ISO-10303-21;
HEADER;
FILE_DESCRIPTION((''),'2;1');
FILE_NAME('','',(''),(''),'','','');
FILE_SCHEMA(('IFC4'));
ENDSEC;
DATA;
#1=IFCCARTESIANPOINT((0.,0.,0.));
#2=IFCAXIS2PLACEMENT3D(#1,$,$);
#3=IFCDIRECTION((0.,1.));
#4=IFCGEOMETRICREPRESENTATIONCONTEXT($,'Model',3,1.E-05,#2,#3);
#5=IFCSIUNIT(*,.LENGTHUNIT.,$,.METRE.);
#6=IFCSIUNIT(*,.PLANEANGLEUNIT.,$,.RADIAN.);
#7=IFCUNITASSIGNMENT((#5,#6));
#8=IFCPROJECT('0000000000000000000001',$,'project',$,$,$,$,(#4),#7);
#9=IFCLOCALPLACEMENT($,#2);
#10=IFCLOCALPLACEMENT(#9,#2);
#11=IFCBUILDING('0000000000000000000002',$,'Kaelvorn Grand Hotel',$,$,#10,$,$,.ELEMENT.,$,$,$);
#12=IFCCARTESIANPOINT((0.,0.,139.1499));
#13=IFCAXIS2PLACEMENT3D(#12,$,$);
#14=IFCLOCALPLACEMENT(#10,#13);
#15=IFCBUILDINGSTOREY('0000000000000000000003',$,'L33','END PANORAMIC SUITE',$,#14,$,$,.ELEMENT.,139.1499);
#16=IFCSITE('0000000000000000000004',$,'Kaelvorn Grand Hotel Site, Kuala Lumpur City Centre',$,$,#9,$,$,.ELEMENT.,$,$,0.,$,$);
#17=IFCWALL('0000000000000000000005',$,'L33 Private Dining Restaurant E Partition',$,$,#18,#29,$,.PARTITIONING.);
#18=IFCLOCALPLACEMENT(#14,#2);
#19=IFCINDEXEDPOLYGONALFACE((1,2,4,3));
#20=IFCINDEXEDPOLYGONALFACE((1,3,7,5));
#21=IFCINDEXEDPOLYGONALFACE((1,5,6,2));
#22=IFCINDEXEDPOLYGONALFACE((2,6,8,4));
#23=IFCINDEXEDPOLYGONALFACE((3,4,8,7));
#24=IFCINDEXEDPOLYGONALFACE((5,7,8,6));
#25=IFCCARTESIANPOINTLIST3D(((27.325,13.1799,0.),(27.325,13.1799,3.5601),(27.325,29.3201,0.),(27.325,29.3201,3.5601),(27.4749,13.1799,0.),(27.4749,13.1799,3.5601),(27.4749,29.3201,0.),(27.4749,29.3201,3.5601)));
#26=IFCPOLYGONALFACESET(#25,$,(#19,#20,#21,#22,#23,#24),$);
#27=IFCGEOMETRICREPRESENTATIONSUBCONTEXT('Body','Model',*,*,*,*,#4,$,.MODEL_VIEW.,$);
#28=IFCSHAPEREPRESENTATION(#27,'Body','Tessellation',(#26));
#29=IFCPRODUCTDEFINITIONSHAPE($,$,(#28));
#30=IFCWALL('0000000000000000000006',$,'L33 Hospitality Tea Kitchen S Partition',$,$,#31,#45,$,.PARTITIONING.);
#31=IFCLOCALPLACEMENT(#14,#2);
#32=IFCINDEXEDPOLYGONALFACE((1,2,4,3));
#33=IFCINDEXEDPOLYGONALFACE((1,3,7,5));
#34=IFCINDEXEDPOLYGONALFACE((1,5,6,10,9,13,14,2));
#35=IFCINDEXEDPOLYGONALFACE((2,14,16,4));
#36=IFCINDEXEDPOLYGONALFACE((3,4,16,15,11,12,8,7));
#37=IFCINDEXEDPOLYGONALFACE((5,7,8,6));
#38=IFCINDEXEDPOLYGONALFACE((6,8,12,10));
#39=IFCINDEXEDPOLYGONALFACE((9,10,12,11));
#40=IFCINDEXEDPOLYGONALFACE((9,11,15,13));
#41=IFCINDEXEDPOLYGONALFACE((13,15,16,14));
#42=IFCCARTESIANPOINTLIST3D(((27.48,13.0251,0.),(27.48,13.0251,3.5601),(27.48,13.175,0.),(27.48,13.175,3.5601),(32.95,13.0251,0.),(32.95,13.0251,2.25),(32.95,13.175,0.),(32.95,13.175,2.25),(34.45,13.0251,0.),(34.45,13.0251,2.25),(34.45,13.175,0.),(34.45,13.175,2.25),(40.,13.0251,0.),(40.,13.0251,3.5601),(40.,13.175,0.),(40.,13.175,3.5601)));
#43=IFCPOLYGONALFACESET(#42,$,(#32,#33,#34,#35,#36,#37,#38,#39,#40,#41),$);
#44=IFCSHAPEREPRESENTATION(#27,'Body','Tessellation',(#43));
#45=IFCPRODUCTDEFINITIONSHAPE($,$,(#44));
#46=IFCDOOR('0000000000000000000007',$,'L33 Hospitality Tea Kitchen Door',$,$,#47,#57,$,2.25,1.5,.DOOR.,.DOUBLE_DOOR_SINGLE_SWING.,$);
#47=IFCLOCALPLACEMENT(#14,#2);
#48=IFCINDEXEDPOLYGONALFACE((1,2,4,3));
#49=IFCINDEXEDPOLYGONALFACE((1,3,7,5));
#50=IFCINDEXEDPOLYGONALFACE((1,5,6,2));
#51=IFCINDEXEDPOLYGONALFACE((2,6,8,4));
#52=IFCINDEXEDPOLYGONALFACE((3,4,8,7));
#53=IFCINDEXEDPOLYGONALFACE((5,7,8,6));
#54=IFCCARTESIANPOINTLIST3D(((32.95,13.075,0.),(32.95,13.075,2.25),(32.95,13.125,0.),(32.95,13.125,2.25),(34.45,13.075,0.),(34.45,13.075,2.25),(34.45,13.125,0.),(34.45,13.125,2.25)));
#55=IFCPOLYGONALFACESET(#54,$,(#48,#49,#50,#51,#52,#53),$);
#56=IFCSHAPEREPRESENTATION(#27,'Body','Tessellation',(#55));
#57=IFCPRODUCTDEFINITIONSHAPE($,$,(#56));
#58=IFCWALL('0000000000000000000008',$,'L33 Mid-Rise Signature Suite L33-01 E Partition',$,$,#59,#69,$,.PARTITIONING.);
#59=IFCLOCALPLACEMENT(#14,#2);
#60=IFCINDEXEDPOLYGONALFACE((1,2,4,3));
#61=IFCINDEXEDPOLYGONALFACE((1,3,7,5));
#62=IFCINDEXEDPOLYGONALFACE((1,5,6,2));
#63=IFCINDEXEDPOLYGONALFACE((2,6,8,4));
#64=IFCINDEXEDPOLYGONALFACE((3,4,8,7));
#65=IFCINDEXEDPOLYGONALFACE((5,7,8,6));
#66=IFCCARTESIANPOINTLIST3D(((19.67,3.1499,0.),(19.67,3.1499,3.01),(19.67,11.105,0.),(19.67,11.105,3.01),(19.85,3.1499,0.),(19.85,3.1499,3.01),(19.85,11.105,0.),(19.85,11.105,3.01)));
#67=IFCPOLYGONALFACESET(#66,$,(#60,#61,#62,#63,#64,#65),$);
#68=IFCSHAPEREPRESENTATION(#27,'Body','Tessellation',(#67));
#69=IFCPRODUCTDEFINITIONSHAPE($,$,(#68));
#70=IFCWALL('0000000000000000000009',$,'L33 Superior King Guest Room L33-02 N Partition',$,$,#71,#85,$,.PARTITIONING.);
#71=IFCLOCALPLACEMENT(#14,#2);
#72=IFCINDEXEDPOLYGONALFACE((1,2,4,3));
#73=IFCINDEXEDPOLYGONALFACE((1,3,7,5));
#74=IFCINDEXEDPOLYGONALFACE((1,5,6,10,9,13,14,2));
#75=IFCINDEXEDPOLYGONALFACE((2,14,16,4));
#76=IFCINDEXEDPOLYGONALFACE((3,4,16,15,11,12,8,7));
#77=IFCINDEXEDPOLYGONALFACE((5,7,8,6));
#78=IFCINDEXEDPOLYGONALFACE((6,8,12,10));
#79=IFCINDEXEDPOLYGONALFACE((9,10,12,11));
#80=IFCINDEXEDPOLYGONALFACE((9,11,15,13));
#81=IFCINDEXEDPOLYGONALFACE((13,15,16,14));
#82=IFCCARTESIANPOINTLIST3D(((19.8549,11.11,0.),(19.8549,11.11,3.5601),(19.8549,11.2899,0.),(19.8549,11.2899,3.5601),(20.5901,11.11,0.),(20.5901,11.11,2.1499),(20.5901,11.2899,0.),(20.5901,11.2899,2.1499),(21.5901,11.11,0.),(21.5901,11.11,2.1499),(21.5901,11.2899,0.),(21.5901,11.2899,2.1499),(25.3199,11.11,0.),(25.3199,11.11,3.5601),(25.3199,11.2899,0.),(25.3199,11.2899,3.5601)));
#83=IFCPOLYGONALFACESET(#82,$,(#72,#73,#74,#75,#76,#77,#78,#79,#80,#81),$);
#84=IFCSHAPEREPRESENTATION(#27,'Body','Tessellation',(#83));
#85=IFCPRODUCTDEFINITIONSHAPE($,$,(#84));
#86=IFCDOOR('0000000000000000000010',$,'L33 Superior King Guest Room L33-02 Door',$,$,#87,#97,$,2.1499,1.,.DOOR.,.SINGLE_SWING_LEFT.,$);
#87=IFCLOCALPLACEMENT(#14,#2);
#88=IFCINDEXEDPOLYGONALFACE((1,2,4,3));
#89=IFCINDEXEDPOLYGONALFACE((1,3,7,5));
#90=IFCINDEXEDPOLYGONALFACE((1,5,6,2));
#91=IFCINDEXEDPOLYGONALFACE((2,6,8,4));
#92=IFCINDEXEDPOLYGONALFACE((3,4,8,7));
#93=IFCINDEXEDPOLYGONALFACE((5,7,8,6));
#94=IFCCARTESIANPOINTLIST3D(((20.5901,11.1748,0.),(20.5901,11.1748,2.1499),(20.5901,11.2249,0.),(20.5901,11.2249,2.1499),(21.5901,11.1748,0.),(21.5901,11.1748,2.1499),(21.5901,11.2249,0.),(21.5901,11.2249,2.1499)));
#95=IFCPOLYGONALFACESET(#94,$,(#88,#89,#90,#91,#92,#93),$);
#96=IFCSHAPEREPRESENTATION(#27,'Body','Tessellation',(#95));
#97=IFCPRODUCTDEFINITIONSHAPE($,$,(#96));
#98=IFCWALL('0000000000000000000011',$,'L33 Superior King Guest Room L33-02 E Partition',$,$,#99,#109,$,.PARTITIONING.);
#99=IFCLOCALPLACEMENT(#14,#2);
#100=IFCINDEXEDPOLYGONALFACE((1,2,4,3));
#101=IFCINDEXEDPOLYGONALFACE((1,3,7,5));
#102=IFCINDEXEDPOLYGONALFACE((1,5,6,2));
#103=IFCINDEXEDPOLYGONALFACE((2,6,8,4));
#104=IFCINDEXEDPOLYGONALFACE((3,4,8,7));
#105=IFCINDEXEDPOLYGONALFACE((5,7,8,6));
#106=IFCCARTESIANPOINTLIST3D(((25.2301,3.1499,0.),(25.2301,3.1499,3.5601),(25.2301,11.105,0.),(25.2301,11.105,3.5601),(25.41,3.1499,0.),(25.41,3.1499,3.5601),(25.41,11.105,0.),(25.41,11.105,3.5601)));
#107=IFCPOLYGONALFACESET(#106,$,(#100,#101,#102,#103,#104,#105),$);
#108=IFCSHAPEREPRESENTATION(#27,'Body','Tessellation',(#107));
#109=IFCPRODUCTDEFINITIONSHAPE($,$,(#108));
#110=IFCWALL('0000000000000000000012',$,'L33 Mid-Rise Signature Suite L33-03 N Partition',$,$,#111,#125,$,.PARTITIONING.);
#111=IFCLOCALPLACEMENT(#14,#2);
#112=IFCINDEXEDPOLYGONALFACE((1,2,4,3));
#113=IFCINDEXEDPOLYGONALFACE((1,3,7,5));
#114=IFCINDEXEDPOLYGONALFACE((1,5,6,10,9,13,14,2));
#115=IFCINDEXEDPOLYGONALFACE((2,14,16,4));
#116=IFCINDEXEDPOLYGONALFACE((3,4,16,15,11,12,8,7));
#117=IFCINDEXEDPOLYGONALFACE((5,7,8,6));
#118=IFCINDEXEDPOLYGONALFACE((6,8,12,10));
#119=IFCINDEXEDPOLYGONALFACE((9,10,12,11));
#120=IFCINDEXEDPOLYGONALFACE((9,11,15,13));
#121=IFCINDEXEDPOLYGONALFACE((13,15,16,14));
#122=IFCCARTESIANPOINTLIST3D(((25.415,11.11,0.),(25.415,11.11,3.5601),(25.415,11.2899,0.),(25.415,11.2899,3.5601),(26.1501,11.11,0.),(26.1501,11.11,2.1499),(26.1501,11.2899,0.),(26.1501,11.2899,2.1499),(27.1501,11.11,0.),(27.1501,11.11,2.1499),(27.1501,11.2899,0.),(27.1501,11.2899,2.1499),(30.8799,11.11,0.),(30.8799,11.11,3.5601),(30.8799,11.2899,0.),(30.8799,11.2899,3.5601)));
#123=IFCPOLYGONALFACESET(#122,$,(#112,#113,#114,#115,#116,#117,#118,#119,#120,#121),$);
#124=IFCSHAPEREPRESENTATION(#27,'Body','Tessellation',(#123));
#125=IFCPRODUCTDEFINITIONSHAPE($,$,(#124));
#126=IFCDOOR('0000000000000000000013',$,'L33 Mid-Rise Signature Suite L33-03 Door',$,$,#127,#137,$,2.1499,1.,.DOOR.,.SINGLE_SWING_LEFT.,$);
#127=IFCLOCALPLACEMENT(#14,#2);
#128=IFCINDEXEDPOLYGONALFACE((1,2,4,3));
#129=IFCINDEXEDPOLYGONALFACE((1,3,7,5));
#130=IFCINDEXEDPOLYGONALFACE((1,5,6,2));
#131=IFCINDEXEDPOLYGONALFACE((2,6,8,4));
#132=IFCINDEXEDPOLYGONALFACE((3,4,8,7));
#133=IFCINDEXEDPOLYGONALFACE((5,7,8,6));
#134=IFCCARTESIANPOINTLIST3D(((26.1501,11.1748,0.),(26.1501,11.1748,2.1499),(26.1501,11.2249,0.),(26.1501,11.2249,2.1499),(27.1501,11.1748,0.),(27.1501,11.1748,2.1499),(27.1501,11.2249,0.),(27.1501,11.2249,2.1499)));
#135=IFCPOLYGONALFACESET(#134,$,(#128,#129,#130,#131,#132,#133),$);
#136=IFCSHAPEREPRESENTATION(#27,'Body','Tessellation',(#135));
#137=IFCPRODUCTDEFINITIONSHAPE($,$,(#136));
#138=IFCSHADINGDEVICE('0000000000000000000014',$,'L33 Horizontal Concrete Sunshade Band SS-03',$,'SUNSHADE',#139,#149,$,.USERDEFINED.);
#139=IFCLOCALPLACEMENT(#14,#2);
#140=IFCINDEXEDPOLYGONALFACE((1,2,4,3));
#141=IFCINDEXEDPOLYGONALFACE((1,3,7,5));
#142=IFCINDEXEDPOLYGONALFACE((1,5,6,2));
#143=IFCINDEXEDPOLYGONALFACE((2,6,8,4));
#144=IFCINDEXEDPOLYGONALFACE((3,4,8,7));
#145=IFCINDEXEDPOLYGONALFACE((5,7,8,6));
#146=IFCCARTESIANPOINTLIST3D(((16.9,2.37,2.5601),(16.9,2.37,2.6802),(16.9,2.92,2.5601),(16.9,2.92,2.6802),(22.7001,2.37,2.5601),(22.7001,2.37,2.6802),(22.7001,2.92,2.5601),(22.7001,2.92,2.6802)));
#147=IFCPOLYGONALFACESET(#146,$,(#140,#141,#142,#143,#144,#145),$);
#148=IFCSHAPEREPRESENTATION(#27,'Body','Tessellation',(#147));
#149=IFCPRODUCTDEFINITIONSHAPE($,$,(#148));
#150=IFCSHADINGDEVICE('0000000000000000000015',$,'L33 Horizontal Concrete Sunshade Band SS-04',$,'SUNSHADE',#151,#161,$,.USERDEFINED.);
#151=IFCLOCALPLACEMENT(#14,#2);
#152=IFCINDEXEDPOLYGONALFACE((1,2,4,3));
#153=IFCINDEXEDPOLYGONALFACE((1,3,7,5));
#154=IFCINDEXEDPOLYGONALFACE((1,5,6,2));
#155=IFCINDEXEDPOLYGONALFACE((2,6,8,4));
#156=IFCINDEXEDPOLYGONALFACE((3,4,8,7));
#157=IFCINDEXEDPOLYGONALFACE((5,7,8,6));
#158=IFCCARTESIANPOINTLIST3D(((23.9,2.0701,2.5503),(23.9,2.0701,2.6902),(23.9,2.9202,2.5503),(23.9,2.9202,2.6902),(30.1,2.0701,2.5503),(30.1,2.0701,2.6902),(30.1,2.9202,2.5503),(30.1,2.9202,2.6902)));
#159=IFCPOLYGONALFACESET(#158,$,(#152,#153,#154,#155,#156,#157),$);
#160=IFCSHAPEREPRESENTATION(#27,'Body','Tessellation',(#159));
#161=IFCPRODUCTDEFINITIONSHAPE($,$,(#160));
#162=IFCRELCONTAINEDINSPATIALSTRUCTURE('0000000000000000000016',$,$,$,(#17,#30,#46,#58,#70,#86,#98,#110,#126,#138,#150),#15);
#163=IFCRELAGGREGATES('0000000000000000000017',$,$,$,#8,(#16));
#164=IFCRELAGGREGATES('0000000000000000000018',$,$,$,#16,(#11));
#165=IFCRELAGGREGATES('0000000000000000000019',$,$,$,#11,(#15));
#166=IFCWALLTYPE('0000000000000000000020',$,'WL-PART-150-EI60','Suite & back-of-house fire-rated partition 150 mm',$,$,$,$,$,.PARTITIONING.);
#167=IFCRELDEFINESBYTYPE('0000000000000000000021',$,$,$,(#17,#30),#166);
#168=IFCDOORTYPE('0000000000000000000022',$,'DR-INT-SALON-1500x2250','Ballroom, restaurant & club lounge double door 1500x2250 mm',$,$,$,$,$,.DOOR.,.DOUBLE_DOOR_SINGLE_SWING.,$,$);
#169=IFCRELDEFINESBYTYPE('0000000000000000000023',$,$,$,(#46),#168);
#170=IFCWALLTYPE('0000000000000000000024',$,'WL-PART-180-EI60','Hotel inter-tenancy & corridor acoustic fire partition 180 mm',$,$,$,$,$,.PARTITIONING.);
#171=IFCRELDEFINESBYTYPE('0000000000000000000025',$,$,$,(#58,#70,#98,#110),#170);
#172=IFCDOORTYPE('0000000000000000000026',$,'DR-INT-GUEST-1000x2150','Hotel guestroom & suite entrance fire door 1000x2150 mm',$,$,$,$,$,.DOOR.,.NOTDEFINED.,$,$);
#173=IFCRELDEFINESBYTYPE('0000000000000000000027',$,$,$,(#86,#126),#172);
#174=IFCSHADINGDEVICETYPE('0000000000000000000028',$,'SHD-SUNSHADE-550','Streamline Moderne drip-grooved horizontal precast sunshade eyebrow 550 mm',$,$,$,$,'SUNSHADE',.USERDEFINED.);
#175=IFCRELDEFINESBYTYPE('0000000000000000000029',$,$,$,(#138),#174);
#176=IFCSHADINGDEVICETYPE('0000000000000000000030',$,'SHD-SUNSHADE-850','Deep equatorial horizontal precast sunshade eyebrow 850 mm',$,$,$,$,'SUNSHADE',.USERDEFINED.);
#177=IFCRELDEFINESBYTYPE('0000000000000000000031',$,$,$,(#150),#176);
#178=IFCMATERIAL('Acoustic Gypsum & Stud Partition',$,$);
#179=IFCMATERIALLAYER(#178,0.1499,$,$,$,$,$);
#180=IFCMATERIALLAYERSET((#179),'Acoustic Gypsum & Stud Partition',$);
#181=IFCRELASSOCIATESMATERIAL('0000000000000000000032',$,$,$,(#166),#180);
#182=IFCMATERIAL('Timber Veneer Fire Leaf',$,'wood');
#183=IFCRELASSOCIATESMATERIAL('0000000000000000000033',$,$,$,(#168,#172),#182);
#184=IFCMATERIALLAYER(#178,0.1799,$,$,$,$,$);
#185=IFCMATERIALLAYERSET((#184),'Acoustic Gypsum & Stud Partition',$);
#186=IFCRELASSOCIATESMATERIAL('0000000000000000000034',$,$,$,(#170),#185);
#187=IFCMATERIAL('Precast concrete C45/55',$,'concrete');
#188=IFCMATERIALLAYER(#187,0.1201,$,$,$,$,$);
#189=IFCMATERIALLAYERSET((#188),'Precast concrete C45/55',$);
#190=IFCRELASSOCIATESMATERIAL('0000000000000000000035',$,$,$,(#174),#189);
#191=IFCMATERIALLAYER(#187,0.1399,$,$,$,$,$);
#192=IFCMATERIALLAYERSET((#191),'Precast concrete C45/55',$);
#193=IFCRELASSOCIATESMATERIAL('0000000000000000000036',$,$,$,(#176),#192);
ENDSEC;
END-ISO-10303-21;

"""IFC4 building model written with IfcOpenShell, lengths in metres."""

from ifc_helpers import new_model, si_unit, direction, frame, frame_2d, origin, origin_2d, place, context, subcontext, project, spatial, rectangle, extrude, material, layer, layer_set, type_object, element, fill, save


model = new_model("IFC4")

# Units and contexts
model_context = context("Model", 3, precision=1e-05, world=origin(), true_north=direction((0.0, 1.0)))
body_context = subcontext(model_context, "Body", "Model", "MODEL_VIEW")
ifc_project = project(units=[si_unit("LENGTHUNIT", "METRE"), si_unit("PLANEANGLEUNIT", "RADIAN")], contexts=[model_context])

# Site, building, storey
site_placement = place(None, origin())
site = spatial("IfcSite", under=ifc_project, at=site_placement, Name="Kaelvorn Grand Hotel Site, Kuala Lumpur City Centre", CompositionType="ELEMENT", RefElevation=0.0)
building_placement = place(site_placement, origin())
building = spatial("IfcBuilding", under=site, at=building_placement, Name="Kaelvorn Grand Hotel", CompositionType="ELEMENT")
storey_placement = place(building_placement, frame((0.0, 0.0, 139.1499)))
storey = spatial("IfcBuildingStorey", under=building, at=storey_placement, Name="L33", Description="END PANORAMIC SUITE", CompositionType="ELEMENT", Elevation=139.1499)

# Wall
ifc_material_1 = material(Name="Acoustic Gypsum & Stud Partition")
ifc_layer_1 = layer(ifc_material_1, 0.1499)
ifc_layer_set_1 = layer_set([ifc_layer_1], Name="Acoustic Gypsum & Stud Partition")
wall_type_1 = type_object("IfcWallType", Name="WL-PART-150-EI60", Description="Suite & back-of-house fire-rated partition 150 mm", PredefinedType="PARTITIONING", material=ifc_layer_set_1)
wall_1_placement = place(storey_placement, frame((27.3999, 13.1799, 0.0), z_axis=(0.0, 0.0, 1.0), x_axis=(0.0, 1.0, 0.0)))
element("IfcWall", 1, at=wall_1_placement, inside=storey, type_object=wall_type_1, Name="L33 Private Dining Restaurant E Partition", PredefinedType="PARTITIONING", context=body_context, shape_type="SweptSolid", body=[
    extrude(rectangle(XDim=16.1401, YDim=0.1499, at=frame_2d((8.0701, 0.0))), origin(), (0.0, 0.0, 1.0), 3.5601),
])

# Wall, opening, door
wall_2_placement = place(storey_placement, frame((27.48, 13.1001, 0.0), z_axis=(0.0, 0.0, 1.0), x_axis=(1.0, 0.0, 0.0)))
wall_2 = element("IfcWall", 2, at=wall_2_placement, inside=storey, type_object=wall_type_1, Name="L33 Hospitality Tea Kitchen S Partition", PredefinedType="PARTITIONING", context=body_context, shape_type="SweptSolid", body=[
    extrude(rectangle(XDim=12.52, YDim=0.1499, at=frame_2d((6.26, 0.0))), origin(), (0.0, 0.0, 1.0), 3.5601),
])
opening_1_placement = place(wall_2_placement, frame((5.47, 0.0, 0.0)))
opening_1 = element("IfcOpeningElement", 3, at=opening_1_placement, cuts=wall_2, PredefinedType="OPENING", context=body_context, shape_type="SweptSolid", body=[
    extrude(rectangle(XDim=1.5, YDim=2.25, at=frame_2d((0.75, 1.125))), frame((0.0, 0.085, 0.0), z_axis=(0.0, -1.0, 0.0), x_axis=(1.0, 0.0, 0.0)), (0.0, 0.0, 1.0), 0.1699),
])
ifc_material_2 = material(Name="Timber Veneer Fire Leaf", Category="wood")
door_type_1 = type_object("IfcDoorType", Name="DR-INT-SALON-1500x2250", Description="Ballroom, restaurant & club lounge double door 1500x2250 mm", OperationType="DOUBLE_DOOR_SINGLE_SWING", PredefinedType="DOOR", material=ifc_material_2)
door_1_placement = place(opening_1_placement, origin())
door_1 = element("IfcDoor", 4, at=door_1_placement, inside=storey, type_object=door_type_1, Name="L33 Hospitality Tea Kitchen Door", OperationType="DOUBLE_DOOR_SINGLE_SWING", OverallHeight=2.25, OverallWidth=1.5, PredefinedType="DOOR", context=body_context, shape_type="SweptSolid", body=[
    extrude(rectangle(XDim=1.5, YDim=2.25, at=frame_2d((0.75, 1.125))), frame((0.0, 0.0249, 0.0), z_axis=(0.0, -1.0, 0.0), x_axis=(1.0, 0.0, 0.0)), (0.0, 0.0, 1.0), 0.05),
])
fill(opening_1, door_1)

# Wall
ifc_layer_2 = layer(ifc_material_1, 0.1799)
ifc_layer_set_2 = layer_set([ifc_layer_2], Name="Acoustic Gypsum & Stud Partition")
wall_type_2 = type_object("IfcWallType", Name="WL-PART-180-EI60", Description="Hotel inter-tenancy & corridor acoustic fire partition 180 mm", PredefinedType="PARTITIONING", material=ifc_layer_set_2)
wall_3_placement = place(storey_placement, frame((19.76, 3.1499, 0.0), z_axis=(0.0, 0.0, 1.0), x_axis=(0.0, 1.0, 0.0)))
element("IfcWall", 5, at=wall_3_placement, inside=storey, type_object=wall_type_2, Name="L33 Mid-Rise Signature Suite L33-01 E Partition", PredefinedType="PARTITIONING", context=body_context, shape_type="SweptSolid", body=[
    extrude(rectangle(XDim=7.9551, YDim=0.1799, at=frame_2d((3.9775, 0.0))), origin(), (0.0, 0.0, 1.0), 3.01),
])

# Wall, opening, door
wall_4_placement = place(storey_placement, frame((19.855, 11.2, 0.0), z_axis=(0.0, 0.0, 1.0), x_axis=(1.0, 0.0, 0.0)))
wall_4 = element("IfcWall", 6, at=wall_4_placement, inside=storey, type_object=wall_type_2, Name="L33 Superior King Guest Room L33-02 N Partition", PredefinedType="PARTITIONING", context=body_context, shape_type="SweptSolid", body=[
    extrude(rectangle(XDim=5.4651, YDim=0.1799, at=frame_2d((2.7324, 0.0))), origin(), (0.0, 0.0, 1.0), 3.5601),
])
opening_2_placement = place(wall_4_placement, frame((0.7351, 0.0, 0.0)))
opening_2 = element("IfcOpeningElement", 7, at=opening_2_placement, cuts=wall_4, PredefinedType="OPENING", context=body_context, shape_type="SweptSolid", body=[
    extrude(rectangle(XDim=1.0, YDim=2.1499, at=frame_2d((0.5, 1.075))), frame((0.0, 0.1001, 0.0), z_axis=(0.0, -1.0, 0.0), x_axis=(1.0, 0.0, 0.0)), (0.0, 0.0, 1.0), 0.2),
])
door_type_2 = type_object("IfcDoorType", Name="DR-INT-GUEST-1000x2150", Description="Hotel guestroom & suite entrance fire door 1000x2150 mm", OperationType="NOTDEFINED", PredefinedType="DOOR", material=ifc_material_2)
door_2_placement = place(opening_2_placement, origin())
door_2 = element("IfcDoor", 8, at=door_2_placement, inside=storey, type_object=door_type_2, Name="L33 Superior King Guest Room L33-02 Door", OperationType="SINGLE_SWING_LEFT", OverallHeight=2.1499, OverallWidth=1.0, PredefinedType="DOOR", context=body_context, shape_type="SweptSolid", body=[
    extrude(rectangle(XDim=1.0, YDim=2.1499, at=frame_2d((0.5, 1.075))), frame((0.0, 0.0249, 0.0), z_axis=(0.0, -1.0, 0.0), x_axis=(1.0, 0.0, 0.0)), (0.0, 0.0, 1.0), 0.05),
])
fill(opening_2, door_2)

# Wall
wall_5_placement = place(storey_placement, frame((25.3201, 3.1499, 0.0), z_axis=(0.0, 0.0, 1.0), x_axis=(0.0, 1.0, 0.0)))
element("IfcWall", 9, at=wall_5_placement, inside=storey, type_object=wall_type_2, Name="L33 Superior King Guest Room L33-02 E Partition", PredefinedType="PARTITIONING", context=body_context, shape_type="SweptSolid", body=[
    extrude(rectangle(XDim=7.9551, YDim=0.1799, at=frame_2d((3.9775, 0.0))), origin(), (0.0, 0.0, 1.0), 3.5601),
])

# Wall, opening, door
wall_6_placement = place(storey_placement, frame((25.415, 11.2, 0.0), z_axis=(0.0, 0.0, 1.0), x_axis=(1.0, 0.0, 0.0)))
wall_6 = element("IfcWall", 10, at=wall_6_placement, inside=storey, type_object=wall_type_2, Name="L33 Mid-Rise Signature Suite L33-03 N Partition", PredefinedType="PARTITIONING", context=body_context, shape_type="SweptSolid", body=[
    extrude(rectangle(XDim=5.4648, YDim=0.1799, at=frame_2d((2.7324, 0.0))), origin(), (0.0, 0.0, 1.0), 3.5601),
])
opening_3_placement = place(wall_6_placement, frame((0.7351, 0.0, 0.0)))
opening_3 = element("IfcOpeningElement", 11, at=opening_3_placement, cuts=wall_6, PredefinedType="OPENING", context=body_context, shape_type="SweptSolid", body=[
    extrude(rectangle(XDim=1.0, YDim=2.1499, at=frame_2d((0.5, 1.075))), frame((0.0, 0.1001, 0.0), z_axis=(0.0, -1.0, 0.0), x_axis=(1.0, 0.0, 0.0)), (0.0, 0.0, 1.0), 0.2),
])
door_3_placement = place(opening_3_placement, origin())
door_3 = element("IfcDoor", 12, at=door_3_placement, inside=storey, type_object=door_type_2, Name="L33 Mid-Rise Signature Suite L33-03 Door", OperationType="SINGLE_SWING_LEFT", OverallHeight=2.1499, OverallWidth=1.0, PredefinedType="DOOR", context=body_context, shape_type="SweptSolid", body=[
    extrude(rectangle(XDim=1.0, YDim=2.1499, at=frame_2d((0.5, 1.075))), frame((0.0, 0.0249, 0.0), z_axis=(0.0, -1.0, 0.0), x_axis=(1.0, 0.0, 0.0)), (0.0, 0.0, 1.0), 0.05),
])
fill(opening_3, door_3)

# Shading devices
ifc_material_3 = material(Name="Precast concrete C45/55", Category="concrete")
ifc_layer_3 = layer(ifc_material_3, 0.1201)
ifc_layer_set_3 = layer_set([ifc_layer_3], Name="Precast concrete C45/55")
shading_device_type_1 = type_object("IfcShadingDeviceType", Name="SHD-SUNSHADE-550", Description="Streamline Moderne drip-grooved horizontal precast sunshade eyebrow 550 mm", ElementType="SUNSHADE", PredefinedType="USERDEFINED", material=ifc_layer_set_3)
shading_device_1_placement = place(storey_placement, frame((19.8, 2.645, 2.5601), z_axis=(0.0, 0.0, 1.0), x_axis=(1.0, 0.0, 0.0)))
element("IfcShadingDevice", 13, at=shading_device_1_placement, inside=storey, type_object=shading_device_type_1, Name="L33 Horizontal Concrete Sunshade Band SS-03", ObjectType="SUNSHADE", PredefinedType="USERDEFINED", context=body_context, shape_type="SweptSolid", body=[
    extrude(rectangle(XDim=5.8, YDim=0.55, at=origin_2d()), origin(), (0.0, 0.0, 1.0), 0.1201),
])
ifc_layer_4 = layer(ifc_material_3, 0.1399)
ifc_layer_set_4 = layer_set([ifc_layer_4], Name="Precast concrete C45/55")
shading_device_type_2 = type_object("IfcShadingDeviceType", Name="SHD-SUNSHADE-850", Description="Deep equatorial horizontal precast sunshade eyebrow 850 mm", ElementType="SUNSHADE", PredefinedType="USERDEFINED", material=ifc_layer_set_4)
shading_device_2_placement = place(storey_placement, frame((27.0, 2.4951, 2.5503), z_axis=(0.0, 0.0, 1.0), x_axis=(1.0, 0.0, 0.0)))
element("IfcShadingDevice", 14, at=shading_device_2_placement, inside=storey, type_object=shading_device_type_2, Name="L33 Horizontal Concrete Sunshade Band SS-04", ObjectType="SUNSHADE", PredefinedType="USERDEFINED", context=body_context, shape_type="SweptSolid", body=[
    extrude(rectangle(XDim=6.2, YDim=0.8501, at=origin_2d()), origin(), (0.0, 0.0, 1.0), 0.1399),
])

save(model, "model.ifc")
